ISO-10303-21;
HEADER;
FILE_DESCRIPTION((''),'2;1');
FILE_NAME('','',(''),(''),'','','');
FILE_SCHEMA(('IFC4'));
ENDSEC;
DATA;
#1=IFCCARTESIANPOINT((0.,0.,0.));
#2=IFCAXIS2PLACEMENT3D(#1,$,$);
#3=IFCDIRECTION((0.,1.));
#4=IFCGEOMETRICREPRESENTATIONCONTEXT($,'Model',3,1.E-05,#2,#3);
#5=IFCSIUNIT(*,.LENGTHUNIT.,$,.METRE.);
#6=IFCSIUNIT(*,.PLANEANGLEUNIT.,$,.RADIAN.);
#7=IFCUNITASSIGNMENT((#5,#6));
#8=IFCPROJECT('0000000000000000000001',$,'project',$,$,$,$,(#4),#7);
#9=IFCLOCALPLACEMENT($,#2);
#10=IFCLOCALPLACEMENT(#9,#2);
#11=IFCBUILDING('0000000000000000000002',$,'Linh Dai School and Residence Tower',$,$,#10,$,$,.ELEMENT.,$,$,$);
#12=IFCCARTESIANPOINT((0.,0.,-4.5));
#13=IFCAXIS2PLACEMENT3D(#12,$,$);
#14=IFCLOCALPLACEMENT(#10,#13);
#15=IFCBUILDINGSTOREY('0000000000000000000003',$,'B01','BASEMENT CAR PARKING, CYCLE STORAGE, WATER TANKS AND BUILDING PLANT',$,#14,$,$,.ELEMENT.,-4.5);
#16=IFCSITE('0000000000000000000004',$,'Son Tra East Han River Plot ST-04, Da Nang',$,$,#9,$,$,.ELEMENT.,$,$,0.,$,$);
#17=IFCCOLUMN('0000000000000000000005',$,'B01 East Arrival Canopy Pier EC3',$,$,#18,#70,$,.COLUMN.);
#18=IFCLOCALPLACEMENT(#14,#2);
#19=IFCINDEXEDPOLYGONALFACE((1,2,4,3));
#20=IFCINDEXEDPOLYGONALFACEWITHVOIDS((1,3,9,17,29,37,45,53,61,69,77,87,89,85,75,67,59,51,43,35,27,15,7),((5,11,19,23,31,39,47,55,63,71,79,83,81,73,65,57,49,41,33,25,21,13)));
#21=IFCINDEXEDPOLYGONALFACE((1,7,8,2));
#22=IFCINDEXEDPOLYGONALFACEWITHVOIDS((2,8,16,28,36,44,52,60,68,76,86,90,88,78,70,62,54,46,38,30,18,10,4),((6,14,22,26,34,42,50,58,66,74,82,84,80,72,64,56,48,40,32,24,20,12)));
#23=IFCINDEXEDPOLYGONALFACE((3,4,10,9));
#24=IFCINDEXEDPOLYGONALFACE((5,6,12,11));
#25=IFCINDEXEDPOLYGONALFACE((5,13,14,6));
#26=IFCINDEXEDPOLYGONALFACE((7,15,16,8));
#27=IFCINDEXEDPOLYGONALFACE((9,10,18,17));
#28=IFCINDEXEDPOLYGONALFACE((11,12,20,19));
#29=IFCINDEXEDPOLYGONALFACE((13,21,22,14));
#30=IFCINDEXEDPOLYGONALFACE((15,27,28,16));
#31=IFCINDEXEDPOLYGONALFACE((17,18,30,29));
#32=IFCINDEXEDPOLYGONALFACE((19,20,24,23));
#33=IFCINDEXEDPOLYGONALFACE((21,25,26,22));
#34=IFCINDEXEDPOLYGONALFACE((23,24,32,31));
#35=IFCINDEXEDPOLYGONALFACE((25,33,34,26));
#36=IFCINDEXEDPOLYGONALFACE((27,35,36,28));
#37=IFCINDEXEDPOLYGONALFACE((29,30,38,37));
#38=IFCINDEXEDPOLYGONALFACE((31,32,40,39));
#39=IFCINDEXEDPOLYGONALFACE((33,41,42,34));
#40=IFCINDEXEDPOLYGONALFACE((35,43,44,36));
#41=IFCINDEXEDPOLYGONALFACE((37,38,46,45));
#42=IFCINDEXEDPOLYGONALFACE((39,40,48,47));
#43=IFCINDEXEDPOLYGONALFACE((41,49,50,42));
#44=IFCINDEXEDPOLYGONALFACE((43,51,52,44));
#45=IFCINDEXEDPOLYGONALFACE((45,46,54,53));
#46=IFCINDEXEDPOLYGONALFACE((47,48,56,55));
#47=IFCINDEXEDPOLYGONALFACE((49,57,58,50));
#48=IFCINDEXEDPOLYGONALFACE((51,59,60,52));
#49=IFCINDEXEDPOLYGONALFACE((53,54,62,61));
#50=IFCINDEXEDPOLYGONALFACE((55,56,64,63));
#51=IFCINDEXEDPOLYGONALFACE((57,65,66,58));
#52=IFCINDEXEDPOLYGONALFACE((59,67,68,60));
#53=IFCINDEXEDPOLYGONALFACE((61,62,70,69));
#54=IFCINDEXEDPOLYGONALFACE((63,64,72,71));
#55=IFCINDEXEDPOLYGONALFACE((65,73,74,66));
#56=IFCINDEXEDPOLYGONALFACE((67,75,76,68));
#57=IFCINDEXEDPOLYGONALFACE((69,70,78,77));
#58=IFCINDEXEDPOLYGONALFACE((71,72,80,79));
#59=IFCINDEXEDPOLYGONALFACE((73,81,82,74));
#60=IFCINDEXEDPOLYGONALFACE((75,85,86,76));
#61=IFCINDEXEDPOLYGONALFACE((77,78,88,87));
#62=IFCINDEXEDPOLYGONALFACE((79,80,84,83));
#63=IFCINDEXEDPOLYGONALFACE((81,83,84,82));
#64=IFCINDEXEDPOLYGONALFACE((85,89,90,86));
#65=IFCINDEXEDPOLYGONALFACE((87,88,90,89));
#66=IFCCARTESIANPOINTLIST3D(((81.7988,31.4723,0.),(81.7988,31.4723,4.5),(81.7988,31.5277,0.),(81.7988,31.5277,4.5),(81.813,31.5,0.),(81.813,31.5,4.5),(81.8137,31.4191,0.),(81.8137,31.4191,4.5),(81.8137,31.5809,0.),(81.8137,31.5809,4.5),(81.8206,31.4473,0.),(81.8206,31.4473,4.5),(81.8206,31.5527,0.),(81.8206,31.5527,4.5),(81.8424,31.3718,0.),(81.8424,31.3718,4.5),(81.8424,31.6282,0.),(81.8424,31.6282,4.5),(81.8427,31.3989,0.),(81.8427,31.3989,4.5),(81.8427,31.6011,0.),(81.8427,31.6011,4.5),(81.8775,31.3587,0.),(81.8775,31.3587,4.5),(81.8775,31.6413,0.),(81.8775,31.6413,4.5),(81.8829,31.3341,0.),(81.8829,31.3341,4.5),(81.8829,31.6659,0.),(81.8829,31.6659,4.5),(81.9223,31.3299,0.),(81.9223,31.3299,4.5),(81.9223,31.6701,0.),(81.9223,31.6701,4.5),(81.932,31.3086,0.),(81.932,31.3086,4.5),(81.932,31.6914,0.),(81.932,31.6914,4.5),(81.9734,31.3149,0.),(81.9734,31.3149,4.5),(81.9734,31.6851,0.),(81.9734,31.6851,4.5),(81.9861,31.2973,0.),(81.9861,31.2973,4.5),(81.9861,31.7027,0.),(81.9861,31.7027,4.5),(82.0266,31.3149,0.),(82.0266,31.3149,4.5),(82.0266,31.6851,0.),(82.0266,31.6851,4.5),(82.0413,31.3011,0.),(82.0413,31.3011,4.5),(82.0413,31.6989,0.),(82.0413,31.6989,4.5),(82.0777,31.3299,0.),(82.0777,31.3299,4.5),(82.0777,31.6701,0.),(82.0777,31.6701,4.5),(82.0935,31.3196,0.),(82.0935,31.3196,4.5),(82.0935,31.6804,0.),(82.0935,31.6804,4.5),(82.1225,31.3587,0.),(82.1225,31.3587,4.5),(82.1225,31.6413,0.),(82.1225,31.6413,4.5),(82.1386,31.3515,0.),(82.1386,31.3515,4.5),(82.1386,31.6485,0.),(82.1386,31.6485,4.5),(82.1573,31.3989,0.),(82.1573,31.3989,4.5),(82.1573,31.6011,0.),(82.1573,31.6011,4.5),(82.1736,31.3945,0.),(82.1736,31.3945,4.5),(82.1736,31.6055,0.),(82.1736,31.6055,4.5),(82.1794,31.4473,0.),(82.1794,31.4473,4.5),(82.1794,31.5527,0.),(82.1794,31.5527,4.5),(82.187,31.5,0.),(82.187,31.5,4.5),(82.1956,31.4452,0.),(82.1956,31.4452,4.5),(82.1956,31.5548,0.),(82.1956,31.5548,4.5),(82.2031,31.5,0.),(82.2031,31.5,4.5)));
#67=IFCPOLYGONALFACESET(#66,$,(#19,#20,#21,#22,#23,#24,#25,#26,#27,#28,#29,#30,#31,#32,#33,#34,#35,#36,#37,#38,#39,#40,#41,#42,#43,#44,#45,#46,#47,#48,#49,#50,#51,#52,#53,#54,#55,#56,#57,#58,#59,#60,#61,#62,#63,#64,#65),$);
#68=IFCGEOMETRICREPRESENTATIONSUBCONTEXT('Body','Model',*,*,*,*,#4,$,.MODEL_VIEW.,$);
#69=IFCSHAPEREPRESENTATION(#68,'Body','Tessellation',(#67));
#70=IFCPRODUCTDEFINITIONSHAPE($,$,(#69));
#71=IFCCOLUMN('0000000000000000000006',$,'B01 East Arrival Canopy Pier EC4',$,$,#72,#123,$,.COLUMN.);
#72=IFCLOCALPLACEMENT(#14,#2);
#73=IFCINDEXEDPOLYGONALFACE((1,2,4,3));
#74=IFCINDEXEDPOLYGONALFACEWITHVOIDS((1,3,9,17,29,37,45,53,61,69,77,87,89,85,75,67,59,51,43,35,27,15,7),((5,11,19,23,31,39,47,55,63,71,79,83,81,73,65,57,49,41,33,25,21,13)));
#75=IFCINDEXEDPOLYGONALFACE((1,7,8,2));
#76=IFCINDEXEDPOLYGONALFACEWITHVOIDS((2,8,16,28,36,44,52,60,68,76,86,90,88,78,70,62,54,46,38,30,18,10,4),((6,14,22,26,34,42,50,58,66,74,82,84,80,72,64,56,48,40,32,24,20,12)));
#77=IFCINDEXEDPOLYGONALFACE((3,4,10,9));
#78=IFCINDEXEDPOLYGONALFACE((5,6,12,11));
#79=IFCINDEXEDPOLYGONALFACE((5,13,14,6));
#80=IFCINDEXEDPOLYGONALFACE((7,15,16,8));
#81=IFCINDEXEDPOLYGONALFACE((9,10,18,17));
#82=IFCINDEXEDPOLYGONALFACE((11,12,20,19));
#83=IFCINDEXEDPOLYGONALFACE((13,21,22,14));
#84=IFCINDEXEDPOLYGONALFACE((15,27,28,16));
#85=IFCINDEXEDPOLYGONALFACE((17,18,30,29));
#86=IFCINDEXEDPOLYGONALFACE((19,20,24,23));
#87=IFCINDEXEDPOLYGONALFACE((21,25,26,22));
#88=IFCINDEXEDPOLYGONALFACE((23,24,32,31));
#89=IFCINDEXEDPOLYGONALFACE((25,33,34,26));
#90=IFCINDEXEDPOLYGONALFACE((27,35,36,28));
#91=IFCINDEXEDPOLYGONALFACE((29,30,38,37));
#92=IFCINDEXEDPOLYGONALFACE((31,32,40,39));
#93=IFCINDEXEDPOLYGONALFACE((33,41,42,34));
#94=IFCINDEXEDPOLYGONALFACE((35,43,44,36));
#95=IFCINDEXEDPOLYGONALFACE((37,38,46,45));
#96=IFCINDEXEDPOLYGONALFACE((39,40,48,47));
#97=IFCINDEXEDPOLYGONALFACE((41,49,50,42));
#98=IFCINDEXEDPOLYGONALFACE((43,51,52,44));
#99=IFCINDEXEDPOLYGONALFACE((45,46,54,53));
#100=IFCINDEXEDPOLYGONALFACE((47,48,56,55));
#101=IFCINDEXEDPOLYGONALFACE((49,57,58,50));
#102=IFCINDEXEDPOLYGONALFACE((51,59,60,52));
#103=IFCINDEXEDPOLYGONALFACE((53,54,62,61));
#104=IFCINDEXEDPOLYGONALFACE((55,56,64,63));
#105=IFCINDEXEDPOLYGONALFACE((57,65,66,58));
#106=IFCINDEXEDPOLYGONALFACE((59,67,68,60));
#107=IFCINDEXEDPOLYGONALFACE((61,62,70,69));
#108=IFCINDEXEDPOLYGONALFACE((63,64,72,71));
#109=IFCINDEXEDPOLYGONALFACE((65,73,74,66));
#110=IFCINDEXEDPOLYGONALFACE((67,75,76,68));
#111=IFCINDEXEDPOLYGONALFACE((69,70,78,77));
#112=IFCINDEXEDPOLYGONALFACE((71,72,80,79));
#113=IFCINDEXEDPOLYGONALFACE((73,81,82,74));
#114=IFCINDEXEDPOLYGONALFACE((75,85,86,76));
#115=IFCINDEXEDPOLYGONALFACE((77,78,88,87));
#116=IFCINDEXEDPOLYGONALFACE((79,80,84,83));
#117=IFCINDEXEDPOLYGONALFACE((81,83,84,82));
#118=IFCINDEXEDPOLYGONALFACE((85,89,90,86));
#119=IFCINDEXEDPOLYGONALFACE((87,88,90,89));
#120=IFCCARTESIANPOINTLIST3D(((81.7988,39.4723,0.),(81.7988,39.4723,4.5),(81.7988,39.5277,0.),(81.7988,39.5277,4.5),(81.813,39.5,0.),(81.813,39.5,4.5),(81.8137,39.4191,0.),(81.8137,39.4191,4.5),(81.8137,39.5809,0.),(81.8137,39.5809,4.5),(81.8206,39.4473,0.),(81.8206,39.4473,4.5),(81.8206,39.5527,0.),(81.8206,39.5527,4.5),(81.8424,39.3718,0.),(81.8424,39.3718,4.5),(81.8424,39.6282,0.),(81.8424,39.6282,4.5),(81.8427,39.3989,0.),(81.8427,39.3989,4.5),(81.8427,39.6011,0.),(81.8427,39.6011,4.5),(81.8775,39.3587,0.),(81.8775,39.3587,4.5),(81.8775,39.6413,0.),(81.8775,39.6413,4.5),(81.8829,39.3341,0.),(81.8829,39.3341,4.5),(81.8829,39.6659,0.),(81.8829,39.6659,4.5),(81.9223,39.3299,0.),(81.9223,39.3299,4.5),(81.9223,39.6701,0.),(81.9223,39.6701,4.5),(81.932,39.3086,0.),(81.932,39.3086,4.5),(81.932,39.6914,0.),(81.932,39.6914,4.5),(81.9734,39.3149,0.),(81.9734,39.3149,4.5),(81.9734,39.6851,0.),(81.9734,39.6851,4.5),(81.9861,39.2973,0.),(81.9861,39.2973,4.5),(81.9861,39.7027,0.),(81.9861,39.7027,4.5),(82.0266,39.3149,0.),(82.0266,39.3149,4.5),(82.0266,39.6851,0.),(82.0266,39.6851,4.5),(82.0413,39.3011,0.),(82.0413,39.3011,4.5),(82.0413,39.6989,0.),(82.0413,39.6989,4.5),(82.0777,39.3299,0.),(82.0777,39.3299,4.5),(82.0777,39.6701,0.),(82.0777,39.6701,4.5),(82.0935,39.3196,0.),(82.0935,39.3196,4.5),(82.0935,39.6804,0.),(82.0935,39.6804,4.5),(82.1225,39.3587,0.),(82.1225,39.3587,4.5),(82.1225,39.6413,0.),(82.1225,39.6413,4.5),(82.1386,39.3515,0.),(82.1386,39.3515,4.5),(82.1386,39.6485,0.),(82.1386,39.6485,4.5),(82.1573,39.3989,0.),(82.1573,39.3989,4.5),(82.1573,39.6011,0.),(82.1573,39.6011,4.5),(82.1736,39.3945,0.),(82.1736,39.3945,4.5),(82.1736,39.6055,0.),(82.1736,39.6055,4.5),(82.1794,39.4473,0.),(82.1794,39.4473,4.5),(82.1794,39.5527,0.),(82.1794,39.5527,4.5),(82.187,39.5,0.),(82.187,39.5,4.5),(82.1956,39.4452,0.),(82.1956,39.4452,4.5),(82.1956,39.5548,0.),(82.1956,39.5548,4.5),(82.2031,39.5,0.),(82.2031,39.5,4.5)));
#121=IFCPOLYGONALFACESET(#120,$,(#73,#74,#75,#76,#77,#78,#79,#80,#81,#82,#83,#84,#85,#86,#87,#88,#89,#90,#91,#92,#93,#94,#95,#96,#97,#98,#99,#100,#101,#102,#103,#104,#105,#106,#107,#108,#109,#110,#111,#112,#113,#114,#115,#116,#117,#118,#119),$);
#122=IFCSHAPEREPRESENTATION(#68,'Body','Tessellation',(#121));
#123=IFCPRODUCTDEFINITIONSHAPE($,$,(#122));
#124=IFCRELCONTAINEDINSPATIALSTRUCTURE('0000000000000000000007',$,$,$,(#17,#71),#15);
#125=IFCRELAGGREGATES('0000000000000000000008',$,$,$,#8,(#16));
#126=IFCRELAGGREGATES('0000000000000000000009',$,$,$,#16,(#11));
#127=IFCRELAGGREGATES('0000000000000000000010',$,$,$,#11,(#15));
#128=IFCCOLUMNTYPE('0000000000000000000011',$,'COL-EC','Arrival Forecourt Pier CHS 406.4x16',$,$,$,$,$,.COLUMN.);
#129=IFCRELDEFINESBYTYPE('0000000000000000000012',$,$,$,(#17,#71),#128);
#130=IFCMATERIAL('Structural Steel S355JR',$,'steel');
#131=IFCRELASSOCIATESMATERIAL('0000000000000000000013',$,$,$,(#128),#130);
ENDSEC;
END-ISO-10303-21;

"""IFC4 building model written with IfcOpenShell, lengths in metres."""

from ifc_helpers import new_model, si_unit, direction, frame, origin, origin_2d, place, context, subcontext, project, spatial, hollow_circle, extrude, material, material_profile, profile_set, type_object, element, save


model = new_model("IFC4")

# Units and contexts
model_context = context("Model", 3, precision=1e-05, world=origin(), true_north=direction((0.0, 1.0)))
body_context = subcontext(model_context, "Body", "Model", "MODEL_VIEW")
ifc_project = project(units=[si_unit("LENGTHUNIT", "METRE"), si_unit("PLANEANGLEUNIT", "RADIAN")], contexts=[model_context])

# Site, building, storey
site_placement = place(None, origin())
site = spatial("IfcSite", under=ifc_project, at=site_placement, Name="Son Tra East Han River Plot ST-04, Da Nang", CompositionType="ELEMENT", RefElevation=0.0)
building_placement = place(site_placement, origin())
building = spatial("IfcBuilding", under=site, at=building_placement, Name="Linh Dai School and Residence Tower", CompositionType="ELEMENT")
storey_placement = place(building_placement, frame((0.0, 0.0, -4.5)))
storey = spatial("IfcBuildingStorey", under=building, at=storey_placement, Name="B01", Description="BASEMENT CAR PARKING, CYCLE STORAGE, WATER TANKS AND BUILDING PLANT", CompositionType="ELEMENT", Elevation=-4.5)

# Columns
ifc_material_1 = material(Name="Structural Steel S355JR", Category="steel")
ifc_material_profile_1 = material_profile(ifc_material_1, hollow_circle(Radius=0.2031, WallThickness=0.0161, at=origin_2d()), Name="CHS 406.4x16")
ifc_profile_set_1 = profile_set([ifc_material_profile_1], Name="Structural Steel S355JR")
column_type_1 = type_object("IfcColumnType", Name="COL-EC", Description="Arrival Forecourt Pier CHS 406.4x16", PredefinedType="COLUMN", material=ifc_profile_set_1)
for number, where, z_axis, x_axis, name in (
    (1, (82.0, 31.5, 0.0), (0.0, 0.0, 1.0), (1.0, 0.0, 0.0), "B01 East Arrival Canopy Pier EC3"),
    (2, (82.0, 39.5, 0.0), (0.0, 0.0, 1.0), (1.0, 0.0, 0.0), "B01 East Arrival Canopy Pier EC4"),
):
    element("IfcColumn", number, at=place(storey_placement, frame(where, z_axis=z_axis, x_axis=x_axis)), inside=storey, type_object=column_type_1, Name=name, PredefinedType="COLUMN", context=body_context, shape_type="SweptSolid", body=[
        extrude(hollow_circle(Radius=0.2031, WallThickness=0.0161, at=origin_2d()), origin(), (0.0, 0.0, 1.0), 4.5),
    ])

save(model, "model.ifc")
